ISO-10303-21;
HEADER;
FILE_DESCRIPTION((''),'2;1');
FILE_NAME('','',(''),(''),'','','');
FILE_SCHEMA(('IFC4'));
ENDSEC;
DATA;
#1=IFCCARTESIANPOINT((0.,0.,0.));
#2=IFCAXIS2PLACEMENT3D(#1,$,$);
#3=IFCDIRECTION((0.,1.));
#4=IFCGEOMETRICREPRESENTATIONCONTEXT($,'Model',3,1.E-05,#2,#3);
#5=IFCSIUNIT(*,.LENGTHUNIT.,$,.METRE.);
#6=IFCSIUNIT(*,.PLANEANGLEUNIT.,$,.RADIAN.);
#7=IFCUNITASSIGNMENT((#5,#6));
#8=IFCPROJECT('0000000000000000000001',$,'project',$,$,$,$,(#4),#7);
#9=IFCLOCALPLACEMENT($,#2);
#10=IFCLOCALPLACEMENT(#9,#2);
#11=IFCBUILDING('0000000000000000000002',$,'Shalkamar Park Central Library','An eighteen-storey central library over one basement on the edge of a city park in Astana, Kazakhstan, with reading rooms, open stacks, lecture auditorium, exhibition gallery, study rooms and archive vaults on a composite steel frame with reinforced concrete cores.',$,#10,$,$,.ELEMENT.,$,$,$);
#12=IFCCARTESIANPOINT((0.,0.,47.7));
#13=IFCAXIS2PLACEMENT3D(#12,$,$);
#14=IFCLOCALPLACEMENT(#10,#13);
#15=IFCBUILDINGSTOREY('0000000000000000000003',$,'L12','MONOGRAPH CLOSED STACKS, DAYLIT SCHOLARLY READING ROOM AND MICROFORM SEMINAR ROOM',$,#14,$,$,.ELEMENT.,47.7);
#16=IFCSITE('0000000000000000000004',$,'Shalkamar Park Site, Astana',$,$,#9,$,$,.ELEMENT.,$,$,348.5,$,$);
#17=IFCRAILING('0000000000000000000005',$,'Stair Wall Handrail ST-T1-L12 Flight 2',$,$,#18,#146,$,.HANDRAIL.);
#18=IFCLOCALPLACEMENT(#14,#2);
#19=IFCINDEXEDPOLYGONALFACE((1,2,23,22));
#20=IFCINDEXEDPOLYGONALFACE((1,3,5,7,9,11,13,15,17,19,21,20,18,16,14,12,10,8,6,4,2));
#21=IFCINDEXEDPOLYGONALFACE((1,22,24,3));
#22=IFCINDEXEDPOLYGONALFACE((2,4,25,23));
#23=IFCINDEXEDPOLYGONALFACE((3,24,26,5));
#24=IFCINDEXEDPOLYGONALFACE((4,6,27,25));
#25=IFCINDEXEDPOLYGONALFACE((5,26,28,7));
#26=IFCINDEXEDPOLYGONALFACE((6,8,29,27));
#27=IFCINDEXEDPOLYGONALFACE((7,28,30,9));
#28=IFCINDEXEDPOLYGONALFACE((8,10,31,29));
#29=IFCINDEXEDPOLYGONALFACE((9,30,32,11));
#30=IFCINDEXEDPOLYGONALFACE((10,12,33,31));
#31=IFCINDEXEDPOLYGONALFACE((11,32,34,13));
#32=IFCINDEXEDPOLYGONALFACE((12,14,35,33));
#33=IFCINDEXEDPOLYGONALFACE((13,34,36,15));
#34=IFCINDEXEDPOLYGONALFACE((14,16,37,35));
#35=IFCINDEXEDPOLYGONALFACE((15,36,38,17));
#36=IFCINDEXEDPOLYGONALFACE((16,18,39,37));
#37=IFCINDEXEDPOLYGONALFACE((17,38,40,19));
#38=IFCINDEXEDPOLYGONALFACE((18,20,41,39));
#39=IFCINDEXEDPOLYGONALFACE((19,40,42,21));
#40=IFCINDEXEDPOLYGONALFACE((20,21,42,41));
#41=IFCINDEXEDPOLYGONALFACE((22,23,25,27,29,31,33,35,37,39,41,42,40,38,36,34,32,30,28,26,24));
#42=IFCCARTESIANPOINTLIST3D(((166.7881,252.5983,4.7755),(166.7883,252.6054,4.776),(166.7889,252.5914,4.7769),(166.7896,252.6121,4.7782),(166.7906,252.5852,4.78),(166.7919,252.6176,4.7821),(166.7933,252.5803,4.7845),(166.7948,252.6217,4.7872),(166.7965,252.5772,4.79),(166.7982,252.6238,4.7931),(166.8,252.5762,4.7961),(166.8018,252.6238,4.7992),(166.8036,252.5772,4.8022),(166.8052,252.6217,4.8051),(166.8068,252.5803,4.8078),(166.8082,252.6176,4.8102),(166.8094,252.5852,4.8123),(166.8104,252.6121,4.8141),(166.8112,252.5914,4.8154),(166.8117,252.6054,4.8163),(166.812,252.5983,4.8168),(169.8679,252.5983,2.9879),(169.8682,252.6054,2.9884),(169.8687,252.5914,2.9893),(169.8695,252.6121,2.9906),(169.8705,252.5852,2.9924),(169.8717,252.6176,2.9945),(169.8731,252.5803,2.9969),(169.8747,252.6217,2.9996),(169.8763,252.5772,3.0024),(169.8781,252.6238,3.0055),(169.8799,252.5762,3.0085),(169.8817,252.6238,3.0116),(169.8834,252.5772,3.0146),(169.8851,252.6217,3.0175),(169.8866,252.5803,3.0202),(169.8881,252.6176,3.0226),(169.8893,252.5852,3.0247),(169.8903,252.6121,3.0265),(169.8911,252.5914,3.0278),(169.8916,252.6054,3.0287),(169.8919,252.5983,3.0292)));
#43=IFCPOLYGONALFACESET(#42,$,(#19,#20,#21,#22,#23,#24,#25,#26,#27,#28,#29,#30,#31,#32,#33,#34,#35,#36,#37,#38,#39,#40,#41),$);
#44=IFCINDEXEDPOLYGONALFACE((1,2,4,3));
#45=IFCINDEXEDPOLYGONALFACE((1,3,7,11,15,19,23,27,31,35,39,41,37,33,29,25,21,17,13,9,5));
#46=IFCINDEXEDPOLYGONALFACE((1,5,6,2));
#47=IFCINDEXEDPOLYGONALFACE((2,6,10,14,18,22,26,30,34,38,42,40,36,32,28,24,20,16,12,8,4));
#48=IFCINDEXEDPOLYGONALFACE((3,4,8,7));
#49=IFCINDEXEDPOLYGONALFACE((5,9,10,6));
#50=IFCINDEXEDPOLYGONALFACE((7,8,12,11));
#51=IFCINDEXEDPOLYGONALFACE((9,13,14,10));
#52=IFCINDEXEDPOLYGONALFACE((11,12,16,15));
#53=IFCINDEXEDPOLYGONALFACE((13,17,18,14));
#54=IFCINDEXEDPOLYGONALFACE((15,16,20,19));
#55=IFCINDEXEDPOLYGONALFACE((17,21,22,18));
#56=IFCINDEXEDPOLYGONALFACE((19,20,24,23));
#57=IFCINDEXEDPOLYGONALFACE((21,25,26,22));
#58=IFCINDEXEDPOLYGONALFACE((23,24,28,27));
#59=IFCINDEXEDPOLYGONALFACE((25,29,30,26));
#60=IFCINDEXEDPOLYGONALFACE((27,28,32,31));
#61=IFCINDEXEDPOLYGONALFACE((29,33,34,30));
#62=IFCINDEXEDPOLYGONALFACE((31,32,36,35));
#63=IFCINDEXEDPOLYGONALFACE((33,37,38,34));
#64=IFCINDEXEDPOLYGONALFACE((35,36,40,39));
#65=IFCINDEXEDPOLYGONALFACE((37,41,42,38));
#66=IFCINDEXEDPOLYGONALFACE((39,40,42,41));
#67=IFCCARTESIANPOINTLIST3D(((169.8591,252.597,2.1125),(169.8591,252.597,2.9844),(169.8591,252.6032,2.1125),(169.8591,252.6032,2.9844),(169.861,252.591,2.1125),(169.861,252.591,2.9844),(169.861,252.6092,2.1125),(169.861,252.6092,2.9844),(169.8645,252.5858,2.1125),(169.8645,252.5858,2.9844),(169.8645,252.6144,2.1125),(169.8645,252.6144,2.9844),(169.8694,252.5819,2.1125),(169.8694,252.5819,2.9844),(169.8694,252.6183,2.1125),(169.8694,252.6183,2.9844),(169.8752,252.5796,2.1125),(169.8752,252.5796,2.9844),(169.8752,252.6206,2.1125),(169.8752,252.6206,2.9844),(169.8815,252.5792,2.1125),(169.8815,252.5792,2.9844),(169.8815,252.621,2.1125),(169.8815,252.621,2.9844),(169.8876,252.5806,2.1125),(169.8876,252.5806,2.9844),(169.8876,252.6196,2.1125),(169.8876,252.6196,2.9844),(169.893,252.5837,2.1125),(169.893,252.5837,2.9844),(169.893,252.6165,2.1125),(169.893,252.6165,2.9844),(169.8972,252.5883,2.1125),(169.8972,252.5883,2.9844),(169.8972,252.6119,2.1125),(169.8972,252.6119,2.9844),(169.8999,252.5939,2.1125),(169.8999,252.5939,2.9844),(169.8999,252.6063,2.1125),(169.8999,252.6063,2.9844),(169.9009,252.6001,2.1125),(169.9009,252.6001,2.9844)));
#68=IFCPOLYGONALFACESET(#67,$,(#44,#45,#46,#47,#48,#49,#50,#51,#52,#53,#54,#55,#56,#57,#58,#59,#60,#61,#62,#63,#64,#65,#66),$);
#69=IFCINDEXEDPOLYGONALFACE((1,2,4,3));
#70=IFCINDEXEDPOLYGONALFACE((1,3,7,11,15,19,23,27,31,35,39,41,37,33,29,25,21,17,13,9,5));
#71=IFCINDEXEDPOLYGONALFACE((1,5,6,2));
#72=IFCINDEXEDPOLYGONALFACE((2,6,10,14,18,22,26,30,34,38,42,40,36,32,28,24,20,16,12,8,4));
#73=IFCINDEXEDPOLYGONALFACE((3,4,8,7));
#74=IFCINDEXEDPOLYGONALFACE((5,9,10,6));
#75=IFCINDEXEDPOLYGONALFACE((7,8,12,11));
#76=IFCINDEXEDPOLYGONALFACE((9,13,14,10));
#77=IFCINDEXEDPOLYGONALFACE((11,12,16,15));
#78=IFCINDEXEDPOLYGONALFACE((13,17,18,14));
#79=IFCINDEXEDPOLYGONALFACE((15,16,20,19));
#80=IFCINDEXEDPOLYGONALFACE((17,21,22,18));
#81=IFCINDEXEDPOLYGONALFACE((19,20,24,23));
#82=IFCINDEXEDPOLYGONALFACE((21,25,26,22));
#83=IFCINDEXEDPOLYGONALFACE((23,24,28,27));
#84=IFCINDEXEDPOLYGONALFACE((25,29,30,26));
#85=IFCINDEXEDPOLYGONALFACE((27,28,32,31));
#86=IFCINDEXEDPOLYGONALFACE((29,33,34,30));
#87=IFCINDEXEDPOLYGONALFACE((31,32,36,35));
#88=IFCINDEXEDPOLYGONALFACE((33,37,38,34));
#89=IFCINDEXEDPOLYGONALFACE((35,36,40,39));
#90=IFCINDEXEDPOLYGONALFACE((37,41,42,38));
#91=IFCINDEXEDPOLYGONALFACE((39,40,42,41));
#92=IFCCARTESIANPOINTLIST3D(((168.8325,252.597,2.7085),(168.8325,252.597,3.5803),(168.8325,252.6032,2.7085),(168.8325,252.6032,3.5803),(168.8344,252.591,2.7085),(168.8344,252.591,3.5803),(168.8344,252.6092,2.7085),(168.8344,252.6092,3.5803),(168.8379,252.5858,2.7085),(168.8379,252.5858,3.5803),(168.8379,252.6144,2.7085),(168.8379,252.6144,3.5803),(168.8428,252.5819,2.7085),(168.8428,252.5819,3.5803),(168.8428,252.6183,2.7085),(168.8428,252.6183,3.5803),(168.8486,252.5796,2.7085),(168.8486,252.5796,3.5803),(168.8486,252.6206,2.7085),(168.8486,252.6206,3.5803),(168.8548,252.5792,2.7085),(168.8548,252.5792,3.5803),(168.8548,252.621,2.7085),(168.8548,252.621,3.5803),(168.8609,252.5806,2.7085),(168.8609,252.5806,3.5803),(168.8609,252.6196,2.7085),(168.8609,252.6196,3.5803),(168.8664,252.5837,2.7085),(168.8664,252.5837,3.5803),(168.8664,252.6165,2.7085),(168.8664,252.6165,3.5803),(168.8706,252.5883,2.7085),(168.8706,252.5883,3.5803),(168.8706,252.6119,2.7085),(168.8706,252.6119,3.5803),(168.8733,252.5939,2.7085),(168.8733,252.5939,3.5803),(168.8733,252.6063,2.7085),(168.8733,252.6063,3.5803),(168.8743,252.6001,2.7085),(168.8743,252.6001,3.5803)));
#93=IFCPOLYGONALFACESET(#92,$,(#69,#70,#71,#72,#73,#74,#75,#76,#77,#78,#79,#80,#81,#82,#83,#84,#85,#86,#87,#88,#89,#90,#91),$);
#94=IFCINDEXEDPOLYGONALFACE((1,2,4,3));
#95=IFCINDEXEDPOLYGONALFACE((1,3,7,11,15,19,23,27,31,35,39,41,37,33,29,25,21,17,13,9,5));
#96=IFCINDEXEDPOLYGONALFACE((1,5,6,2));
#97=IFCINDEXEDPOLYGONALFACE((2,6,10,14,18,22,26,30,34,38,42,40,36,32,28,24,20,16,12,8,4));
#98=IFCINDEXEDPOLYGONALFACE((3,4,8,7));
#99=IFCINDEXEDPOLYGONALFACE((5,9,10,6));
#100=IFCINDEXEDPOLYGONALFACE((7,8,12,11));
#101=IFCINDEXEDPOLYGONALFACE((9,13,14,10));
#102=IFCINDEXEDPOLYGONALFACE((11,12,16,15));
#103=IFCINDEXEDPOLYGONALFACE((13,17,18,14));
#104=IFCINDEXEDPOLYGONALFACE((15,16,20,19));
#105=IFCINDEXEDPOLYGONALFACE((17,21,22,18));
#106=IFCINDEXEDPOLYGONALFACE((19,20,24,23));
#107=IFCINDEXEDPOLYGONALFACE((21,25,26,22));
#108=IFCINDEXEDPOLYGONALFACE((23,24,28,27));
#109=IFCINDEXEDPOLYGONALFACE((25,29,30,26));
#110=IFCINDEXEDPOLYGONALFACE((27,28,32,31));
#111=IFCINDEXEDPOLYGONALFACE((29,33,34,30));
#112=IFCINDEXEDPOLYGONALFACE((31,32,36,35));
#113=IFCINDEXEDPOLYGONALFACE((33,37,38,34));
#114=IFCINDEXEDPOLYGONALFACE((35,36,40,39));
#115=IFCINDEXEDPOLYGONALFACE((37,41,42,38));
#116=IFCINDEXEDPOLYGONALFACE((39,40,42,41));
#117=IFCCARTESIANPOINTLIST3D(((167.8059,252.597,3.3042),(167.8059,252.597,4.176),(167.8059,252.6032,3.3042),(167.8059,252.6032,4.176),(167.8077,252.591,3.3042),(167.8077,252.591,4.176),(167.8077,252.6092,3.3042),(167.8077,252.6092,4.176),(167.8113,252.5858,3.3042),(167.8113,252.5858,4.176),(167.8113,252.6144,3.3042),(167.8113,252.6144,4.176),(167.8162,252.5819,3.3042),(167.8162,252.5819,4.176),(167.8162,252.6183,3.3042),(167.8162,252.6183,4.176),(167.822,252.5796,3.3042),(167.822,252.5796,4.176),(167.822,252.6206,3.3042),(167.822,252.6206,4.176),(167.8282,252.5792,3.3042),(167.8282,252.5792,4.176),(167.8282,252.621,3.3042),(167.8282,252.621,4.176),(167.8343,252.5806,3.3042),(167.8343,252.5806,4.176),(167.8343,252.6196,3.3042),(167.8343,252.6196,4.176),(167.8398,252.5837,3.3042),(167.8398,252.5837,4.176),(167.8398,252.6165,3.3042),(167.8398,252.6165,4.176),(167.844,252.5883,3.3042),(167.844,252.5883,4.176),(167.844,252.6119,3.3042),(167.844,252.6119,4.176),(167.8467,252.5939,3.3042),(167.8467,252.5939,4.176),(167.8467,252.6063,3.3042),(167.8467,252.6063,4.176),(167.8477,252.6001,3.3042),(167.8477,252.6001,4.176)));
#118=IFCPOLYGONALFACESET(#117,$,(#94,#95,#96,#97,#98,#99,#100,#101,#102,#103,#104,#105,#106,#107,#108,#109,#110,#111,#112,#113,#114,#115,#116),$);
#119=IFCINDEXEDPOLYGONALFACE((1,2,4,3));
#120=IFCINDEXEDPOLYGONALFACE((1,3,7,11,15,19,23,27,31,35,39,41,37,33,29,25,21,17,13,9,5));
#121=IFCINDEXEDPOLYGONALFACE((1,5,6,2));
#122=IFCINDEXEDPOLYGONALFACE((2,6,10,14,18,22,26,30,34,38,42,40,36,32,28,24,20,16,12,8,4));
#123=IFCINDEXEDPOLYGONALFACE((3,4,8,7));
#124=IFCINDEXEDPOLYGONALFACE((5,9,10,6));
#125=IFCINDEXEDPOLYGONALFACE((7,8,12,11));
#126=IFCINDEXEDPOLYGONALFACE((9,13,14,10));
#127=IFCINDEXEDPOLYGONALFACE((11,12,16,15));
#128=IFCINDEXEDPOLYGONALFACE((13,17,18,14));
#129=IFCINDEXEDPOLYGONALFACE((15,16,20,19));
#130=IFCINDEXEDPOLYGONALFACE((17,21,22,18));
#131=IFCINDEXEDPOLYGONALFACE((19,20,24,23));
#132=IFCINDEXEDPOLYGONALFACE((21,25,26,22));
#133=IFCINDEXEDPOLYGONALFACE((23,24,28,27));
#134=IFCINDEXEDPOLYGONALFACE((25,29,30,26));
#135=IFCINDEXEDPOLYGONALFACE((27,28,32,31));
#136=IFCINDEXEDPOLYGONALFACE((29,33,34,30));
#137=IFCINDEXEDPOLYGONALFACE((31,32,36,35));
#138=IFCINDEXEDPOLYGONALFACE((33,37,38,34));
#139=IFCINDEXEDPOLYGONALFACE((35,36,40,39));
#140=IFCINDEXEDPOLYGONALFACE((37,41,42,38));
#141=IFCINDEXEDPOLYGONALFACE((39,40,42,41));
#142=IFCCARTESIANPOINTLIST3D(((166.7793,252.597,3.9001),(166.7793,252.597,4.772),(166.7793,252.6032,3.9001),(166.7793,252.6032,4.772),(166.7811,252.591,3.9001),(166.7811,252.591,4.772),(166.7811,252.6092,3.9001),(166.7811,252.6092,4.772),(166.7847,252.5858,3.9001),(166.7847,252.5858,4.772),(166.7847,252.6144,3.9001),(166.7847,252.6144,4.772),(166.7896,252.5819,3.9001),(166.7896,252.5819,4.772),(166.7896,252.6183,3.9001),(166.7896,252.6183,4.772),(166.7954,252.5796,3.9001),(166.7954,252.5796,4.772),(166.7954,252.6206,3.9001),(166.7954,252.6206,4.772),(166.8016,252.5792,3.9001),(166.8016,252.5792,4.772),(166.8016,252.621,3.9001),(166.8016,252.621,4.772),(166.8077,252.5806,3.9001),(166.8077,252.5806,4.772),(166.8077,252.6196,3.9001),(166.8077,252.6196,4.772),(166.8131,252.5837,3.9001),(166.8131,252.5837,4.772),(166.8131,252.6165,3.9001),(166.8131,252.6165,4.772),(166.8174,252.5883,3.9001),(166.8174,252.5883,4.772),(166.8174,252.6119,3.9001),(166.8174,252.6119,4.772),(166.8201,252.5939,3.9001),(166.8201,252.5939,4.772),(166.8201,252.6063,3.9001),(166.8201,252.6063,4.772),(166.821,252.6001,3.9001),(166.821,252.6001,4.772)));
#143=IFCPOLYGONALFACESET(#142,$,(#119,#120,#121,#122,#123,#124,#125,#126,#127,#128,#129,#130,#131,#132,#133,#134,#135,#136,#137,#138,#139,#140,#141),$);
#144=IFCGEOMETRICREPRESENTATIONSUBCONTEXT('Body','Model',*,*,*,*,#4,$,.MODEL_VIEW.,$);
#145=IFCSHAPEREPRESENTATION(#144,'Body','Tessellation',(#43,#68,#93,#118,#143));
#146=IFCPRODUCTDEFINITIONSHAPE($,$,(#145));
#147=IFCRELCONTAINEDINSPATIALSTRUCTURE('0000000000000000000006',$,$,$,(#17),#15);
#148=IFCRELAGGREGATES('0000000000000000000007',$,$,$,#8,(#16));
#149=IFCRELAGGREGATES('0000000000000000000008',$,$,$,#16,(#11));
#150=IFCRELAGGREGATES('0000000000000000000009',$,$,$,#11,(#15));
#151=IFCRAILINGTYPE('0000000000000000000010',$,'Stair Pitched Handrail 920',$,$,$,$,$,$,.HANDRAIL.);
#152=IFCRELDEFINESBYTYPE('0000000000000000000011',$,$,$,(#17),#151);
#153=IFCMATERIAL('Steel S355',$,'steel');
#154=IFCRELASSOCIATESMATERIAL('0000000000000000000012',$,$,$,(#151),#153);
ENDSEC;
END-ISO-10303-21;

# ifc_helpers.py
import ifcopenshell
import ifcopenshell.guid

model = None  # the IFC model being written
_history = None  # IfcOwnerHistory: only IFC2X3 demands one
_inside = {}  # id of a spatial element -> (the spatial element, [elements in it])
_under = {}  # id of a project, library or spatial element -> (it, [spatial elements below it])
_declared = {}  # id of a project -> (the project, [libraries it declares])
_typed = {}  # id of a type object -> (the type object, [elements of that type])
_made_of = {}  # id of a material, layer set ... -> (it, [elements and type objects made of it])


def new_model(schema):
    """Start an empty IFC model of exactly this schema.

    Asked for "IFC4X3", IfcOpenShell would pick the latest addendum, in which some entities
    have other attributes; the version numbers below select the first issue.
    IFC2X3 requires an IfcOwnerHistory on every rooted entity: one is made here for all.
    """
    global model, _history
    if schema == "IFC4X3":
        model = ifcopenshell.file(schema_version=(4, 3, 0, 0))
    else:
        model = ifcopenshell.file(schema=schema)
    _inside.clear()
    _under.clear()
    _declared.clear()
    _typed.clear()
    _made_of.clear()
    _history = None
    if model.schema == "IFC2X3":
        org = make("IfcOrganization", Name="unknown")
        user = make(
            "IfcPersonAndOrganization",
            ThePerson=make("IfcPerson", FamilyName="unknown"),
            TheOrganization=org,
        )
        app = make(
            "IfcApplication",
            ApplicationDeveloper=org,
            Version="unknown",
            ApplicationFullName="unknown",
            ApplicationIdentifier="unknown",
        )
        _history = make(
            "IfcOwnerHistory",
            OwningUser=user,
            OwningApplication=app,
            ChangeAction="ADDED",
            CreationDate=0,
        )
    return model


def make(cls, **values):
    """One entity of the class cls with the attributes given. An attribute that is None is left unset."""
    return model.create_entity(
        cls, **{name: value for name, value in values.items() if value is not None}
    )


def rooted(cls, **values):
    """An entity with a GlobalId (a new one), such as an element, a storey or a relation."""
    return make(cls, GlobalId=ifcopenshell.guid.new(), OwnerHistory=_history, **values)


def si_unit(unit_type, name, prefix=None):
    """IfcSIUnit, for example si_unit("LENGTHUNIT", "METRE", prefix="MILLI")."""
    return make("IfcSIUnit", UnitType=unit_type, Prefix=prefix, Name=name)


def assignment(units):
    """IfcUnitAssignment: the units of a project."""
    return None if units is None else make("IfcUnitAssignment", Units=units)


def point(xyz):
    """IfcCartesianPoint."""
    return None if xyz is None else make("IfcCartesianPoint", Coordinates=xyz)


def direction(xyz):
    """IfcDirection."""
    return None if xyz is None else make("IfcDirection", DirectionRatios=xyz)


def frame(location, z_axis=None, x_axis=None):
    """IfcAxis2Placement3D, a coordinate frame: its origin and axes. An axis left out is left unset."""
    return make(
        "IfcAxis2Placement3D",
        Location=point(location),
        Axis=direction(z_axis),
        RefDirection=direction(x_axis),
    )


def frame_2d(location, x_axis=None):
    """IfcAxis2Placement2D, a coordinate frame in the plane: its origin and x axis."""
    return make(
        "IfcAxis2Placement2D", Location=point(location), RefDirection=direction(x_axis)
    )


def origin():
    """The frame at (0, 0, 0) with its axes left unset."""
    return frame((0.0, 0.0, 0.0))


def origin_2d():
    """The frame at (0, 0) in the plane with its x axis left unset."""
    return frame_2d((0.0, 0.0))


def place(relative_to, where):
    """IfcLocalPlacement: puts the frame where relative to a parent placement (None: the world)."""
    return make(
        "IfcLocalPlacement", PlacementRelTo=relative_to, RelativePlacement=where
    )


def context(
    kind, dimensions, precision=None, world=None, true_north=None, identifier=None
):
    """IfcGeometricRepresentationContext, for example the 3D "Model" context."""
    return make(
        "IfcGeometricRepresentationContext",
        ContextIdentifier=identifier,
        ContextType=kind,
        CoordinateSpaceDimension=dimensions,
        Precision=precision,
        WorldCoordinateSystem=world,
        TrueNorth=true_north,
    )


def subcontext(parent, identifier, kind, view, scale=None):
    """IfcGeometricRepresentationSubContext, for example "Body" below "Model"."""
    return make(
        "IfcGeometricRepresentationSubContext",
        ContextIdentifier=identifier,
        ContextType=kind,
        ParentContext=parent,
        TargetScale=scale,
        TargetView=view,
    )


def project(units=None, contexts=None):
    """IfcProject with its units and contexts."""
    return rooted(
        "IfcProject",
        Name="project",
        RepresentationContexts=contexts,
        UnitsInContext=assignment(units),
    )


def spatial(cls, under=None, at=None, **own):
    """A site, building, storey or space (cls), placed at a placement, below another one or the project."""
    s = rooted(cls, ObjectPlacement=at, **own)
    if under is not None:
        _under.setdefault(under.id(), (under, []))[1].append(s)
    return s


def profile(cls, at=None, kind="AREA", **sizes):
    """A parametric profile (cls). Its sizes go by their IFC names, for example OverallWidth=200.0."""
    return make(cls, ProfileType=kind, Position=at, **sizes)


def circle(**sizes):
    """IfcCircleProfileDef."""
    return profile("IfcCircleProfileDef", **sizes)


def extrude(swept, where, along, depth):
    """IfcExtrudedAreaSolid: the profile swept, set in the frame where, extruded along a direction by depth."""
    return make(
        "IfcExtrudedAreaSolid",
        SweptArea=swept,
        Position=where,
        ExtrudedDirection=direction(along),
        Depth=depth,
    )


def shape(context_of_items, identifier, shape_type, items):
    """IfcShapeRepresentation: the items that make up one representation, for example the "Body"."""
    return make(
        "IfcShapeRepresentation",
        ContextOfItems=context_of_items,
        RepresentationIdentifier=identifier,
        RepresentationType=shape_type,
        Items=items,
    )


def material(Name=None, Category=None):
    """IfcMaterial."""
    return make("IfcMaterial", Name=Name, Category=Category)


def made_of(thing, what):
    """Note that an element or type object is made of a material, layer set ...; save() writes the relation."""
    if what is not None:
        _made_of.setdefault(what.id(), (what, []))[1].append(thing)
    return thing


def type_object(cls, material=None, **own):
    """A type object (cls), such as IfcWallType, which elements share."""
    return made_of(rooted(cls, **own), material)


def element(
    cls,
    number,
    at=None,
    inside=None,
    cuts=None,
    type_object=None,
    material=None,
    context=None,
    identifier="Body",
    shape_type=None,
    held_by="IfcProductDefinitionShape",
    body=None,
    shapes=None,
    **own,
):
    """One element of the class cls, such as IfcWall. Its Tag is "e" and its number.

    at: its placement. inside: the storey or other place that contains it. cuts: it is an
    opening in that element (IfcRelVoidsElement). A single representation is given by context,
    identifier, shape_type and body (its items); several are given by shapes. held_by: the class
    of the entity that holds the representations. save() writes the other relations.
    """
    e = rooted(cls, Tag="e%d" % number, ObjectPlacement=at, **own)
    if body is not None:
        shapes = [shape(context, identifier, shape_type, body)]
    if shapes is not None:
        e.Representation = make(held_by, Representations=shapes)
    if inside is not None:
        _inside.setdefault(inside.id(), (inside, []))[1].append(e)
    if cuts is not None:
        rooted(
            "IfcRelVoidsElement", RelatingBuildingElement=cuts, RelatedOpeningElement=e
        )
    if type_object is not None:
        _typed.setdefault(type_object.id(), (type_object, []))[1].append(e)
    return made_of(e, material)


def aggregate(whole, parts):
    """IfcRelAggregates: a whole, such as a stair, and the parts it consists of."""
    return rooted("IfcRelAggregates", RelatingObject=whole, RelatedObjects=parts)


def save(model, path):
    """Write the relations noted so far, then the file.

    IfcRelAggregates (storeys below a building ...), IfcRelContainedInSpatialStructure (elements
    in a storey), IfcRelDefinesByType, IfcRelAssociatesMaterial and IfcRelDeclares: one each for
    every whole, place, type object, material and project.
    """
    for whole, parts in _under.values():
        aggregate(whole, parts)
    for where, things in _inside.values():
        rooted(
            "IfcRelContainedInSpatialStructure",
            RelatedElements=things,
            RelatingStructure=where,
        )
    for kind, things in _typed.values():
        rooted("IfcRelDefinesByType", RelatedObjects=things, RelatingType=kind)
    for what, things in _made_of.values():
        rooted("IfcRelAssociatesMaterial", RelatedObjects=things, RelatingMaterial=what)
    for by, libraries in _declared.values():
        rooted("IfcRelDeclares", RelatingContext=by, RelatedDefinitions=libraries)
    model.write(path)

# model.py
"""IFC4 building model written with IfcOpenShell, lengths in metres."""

from ifc_helpers import new_model, si_unit, direction, frame, origin, origin_2d, place, context, subcontext, project, spatial, circle, extrude, material, type_object, element, save


model = new_model("IFC4")

# Units and contexts
model_context = context("Model", 3, precision=1e-05, world=origin(), true_north=direction((0.0, 1.0)))
body_context = subcontext(model_context, "Body", "Model", "MODEL_VIEW")
ifc_project = project(units=[si_unit("LENGTHUNIT", "METRE"), si_unit("PLANEANGLEUNIT", "RADIAN")], contexts=[model_context])

# Site, building, storey
site_placement = place(None, origin())
site = spatial("IfcSite", under=ifc_project, at=site_placement, Name="Shalkamar Park Site, Astana", CompositionType="ELEMENT", RefElevation=348.5)
building_placement = place(site_placement, origin())
building = spatial("IfcBuilding", under=site, at=building_placement, Name="Shalkamar Park Central Library", Description="An eighteen-storey central library over one basement on the edge of a city park in Astana, Kazakhstan, with reading rooms, open stacks, lecture auditorium, exhibition gallery, study rooms and archive vaults on a composite steel frame with reinforced concrete cores.", CompositionType="ELEMENT")
storey_placement = place(building_placement, frame((0.0, 0.0, 47.7)))
storey = spatial("IfcBuildingStorey", under=building, at=storey_placement, Name="L12", Description="MONOGRAPH CLOSED STACKS, DAYLIT SCHOLARLY READING ROOM AND MICROFORM SEMINAR ROOM", CompositionType="ELEMENT", Elevation=47.7)

# Shared definitions
ifc_material_1 = material(Name="Steel S355", Category="steel")

# Railing
railing_type_1 = type_object("IfcRailingType", Name="Stair Pitched Handrail 920", PredefinedType="HANDRAIL", material=ifc_material_1)
railing_1_placement = place(storey_placement, frame((169.8799, 252.6001, 2.1125)))
element("IfcRailing", 1, at=railing_1_placement, inside=storey, type_object=railing_type_1, Name="Stair Wall Handrail ST-T1-L12 Flight 2", PredefinedType="HANDRAIL", context=body_context, shape_type="SweptSolid", body=[
    extrude(circle(Radius=0.0239, at=origin_2d()), frame((0.0, 0.0, 0.896), z_axis=(-0.864873, 0.0, 0.50199), x_axis=(0.0, -1.0, 0.0)), (0.0, 0.0, 1.0), 3.561),
    extrude(circle(Radius=0.021, at=origin_2d()), origin(), (0.0, 0.0, 1.0), 0.8718),
    extrude(circle(Radius=0.021, at=origin_2d()), frame((-1.0266, 0.0, 0.5959)), (0.0, 0.0, 1.0), 0.8718),
    extrude(circle(Radius=0.021, at=origin_2d()), frame((-2.0532, 0.0, 1.1917)), (0.0, 0.0, 1.0), 0.8718),
    extrude(circle(Radius=0.021, at=origin_2d()), frame((-3.0798, 0.0, 1.7876)), (0.0, 0.0, 1.0), 0.8718),
])

save(model, "model.ifc")
